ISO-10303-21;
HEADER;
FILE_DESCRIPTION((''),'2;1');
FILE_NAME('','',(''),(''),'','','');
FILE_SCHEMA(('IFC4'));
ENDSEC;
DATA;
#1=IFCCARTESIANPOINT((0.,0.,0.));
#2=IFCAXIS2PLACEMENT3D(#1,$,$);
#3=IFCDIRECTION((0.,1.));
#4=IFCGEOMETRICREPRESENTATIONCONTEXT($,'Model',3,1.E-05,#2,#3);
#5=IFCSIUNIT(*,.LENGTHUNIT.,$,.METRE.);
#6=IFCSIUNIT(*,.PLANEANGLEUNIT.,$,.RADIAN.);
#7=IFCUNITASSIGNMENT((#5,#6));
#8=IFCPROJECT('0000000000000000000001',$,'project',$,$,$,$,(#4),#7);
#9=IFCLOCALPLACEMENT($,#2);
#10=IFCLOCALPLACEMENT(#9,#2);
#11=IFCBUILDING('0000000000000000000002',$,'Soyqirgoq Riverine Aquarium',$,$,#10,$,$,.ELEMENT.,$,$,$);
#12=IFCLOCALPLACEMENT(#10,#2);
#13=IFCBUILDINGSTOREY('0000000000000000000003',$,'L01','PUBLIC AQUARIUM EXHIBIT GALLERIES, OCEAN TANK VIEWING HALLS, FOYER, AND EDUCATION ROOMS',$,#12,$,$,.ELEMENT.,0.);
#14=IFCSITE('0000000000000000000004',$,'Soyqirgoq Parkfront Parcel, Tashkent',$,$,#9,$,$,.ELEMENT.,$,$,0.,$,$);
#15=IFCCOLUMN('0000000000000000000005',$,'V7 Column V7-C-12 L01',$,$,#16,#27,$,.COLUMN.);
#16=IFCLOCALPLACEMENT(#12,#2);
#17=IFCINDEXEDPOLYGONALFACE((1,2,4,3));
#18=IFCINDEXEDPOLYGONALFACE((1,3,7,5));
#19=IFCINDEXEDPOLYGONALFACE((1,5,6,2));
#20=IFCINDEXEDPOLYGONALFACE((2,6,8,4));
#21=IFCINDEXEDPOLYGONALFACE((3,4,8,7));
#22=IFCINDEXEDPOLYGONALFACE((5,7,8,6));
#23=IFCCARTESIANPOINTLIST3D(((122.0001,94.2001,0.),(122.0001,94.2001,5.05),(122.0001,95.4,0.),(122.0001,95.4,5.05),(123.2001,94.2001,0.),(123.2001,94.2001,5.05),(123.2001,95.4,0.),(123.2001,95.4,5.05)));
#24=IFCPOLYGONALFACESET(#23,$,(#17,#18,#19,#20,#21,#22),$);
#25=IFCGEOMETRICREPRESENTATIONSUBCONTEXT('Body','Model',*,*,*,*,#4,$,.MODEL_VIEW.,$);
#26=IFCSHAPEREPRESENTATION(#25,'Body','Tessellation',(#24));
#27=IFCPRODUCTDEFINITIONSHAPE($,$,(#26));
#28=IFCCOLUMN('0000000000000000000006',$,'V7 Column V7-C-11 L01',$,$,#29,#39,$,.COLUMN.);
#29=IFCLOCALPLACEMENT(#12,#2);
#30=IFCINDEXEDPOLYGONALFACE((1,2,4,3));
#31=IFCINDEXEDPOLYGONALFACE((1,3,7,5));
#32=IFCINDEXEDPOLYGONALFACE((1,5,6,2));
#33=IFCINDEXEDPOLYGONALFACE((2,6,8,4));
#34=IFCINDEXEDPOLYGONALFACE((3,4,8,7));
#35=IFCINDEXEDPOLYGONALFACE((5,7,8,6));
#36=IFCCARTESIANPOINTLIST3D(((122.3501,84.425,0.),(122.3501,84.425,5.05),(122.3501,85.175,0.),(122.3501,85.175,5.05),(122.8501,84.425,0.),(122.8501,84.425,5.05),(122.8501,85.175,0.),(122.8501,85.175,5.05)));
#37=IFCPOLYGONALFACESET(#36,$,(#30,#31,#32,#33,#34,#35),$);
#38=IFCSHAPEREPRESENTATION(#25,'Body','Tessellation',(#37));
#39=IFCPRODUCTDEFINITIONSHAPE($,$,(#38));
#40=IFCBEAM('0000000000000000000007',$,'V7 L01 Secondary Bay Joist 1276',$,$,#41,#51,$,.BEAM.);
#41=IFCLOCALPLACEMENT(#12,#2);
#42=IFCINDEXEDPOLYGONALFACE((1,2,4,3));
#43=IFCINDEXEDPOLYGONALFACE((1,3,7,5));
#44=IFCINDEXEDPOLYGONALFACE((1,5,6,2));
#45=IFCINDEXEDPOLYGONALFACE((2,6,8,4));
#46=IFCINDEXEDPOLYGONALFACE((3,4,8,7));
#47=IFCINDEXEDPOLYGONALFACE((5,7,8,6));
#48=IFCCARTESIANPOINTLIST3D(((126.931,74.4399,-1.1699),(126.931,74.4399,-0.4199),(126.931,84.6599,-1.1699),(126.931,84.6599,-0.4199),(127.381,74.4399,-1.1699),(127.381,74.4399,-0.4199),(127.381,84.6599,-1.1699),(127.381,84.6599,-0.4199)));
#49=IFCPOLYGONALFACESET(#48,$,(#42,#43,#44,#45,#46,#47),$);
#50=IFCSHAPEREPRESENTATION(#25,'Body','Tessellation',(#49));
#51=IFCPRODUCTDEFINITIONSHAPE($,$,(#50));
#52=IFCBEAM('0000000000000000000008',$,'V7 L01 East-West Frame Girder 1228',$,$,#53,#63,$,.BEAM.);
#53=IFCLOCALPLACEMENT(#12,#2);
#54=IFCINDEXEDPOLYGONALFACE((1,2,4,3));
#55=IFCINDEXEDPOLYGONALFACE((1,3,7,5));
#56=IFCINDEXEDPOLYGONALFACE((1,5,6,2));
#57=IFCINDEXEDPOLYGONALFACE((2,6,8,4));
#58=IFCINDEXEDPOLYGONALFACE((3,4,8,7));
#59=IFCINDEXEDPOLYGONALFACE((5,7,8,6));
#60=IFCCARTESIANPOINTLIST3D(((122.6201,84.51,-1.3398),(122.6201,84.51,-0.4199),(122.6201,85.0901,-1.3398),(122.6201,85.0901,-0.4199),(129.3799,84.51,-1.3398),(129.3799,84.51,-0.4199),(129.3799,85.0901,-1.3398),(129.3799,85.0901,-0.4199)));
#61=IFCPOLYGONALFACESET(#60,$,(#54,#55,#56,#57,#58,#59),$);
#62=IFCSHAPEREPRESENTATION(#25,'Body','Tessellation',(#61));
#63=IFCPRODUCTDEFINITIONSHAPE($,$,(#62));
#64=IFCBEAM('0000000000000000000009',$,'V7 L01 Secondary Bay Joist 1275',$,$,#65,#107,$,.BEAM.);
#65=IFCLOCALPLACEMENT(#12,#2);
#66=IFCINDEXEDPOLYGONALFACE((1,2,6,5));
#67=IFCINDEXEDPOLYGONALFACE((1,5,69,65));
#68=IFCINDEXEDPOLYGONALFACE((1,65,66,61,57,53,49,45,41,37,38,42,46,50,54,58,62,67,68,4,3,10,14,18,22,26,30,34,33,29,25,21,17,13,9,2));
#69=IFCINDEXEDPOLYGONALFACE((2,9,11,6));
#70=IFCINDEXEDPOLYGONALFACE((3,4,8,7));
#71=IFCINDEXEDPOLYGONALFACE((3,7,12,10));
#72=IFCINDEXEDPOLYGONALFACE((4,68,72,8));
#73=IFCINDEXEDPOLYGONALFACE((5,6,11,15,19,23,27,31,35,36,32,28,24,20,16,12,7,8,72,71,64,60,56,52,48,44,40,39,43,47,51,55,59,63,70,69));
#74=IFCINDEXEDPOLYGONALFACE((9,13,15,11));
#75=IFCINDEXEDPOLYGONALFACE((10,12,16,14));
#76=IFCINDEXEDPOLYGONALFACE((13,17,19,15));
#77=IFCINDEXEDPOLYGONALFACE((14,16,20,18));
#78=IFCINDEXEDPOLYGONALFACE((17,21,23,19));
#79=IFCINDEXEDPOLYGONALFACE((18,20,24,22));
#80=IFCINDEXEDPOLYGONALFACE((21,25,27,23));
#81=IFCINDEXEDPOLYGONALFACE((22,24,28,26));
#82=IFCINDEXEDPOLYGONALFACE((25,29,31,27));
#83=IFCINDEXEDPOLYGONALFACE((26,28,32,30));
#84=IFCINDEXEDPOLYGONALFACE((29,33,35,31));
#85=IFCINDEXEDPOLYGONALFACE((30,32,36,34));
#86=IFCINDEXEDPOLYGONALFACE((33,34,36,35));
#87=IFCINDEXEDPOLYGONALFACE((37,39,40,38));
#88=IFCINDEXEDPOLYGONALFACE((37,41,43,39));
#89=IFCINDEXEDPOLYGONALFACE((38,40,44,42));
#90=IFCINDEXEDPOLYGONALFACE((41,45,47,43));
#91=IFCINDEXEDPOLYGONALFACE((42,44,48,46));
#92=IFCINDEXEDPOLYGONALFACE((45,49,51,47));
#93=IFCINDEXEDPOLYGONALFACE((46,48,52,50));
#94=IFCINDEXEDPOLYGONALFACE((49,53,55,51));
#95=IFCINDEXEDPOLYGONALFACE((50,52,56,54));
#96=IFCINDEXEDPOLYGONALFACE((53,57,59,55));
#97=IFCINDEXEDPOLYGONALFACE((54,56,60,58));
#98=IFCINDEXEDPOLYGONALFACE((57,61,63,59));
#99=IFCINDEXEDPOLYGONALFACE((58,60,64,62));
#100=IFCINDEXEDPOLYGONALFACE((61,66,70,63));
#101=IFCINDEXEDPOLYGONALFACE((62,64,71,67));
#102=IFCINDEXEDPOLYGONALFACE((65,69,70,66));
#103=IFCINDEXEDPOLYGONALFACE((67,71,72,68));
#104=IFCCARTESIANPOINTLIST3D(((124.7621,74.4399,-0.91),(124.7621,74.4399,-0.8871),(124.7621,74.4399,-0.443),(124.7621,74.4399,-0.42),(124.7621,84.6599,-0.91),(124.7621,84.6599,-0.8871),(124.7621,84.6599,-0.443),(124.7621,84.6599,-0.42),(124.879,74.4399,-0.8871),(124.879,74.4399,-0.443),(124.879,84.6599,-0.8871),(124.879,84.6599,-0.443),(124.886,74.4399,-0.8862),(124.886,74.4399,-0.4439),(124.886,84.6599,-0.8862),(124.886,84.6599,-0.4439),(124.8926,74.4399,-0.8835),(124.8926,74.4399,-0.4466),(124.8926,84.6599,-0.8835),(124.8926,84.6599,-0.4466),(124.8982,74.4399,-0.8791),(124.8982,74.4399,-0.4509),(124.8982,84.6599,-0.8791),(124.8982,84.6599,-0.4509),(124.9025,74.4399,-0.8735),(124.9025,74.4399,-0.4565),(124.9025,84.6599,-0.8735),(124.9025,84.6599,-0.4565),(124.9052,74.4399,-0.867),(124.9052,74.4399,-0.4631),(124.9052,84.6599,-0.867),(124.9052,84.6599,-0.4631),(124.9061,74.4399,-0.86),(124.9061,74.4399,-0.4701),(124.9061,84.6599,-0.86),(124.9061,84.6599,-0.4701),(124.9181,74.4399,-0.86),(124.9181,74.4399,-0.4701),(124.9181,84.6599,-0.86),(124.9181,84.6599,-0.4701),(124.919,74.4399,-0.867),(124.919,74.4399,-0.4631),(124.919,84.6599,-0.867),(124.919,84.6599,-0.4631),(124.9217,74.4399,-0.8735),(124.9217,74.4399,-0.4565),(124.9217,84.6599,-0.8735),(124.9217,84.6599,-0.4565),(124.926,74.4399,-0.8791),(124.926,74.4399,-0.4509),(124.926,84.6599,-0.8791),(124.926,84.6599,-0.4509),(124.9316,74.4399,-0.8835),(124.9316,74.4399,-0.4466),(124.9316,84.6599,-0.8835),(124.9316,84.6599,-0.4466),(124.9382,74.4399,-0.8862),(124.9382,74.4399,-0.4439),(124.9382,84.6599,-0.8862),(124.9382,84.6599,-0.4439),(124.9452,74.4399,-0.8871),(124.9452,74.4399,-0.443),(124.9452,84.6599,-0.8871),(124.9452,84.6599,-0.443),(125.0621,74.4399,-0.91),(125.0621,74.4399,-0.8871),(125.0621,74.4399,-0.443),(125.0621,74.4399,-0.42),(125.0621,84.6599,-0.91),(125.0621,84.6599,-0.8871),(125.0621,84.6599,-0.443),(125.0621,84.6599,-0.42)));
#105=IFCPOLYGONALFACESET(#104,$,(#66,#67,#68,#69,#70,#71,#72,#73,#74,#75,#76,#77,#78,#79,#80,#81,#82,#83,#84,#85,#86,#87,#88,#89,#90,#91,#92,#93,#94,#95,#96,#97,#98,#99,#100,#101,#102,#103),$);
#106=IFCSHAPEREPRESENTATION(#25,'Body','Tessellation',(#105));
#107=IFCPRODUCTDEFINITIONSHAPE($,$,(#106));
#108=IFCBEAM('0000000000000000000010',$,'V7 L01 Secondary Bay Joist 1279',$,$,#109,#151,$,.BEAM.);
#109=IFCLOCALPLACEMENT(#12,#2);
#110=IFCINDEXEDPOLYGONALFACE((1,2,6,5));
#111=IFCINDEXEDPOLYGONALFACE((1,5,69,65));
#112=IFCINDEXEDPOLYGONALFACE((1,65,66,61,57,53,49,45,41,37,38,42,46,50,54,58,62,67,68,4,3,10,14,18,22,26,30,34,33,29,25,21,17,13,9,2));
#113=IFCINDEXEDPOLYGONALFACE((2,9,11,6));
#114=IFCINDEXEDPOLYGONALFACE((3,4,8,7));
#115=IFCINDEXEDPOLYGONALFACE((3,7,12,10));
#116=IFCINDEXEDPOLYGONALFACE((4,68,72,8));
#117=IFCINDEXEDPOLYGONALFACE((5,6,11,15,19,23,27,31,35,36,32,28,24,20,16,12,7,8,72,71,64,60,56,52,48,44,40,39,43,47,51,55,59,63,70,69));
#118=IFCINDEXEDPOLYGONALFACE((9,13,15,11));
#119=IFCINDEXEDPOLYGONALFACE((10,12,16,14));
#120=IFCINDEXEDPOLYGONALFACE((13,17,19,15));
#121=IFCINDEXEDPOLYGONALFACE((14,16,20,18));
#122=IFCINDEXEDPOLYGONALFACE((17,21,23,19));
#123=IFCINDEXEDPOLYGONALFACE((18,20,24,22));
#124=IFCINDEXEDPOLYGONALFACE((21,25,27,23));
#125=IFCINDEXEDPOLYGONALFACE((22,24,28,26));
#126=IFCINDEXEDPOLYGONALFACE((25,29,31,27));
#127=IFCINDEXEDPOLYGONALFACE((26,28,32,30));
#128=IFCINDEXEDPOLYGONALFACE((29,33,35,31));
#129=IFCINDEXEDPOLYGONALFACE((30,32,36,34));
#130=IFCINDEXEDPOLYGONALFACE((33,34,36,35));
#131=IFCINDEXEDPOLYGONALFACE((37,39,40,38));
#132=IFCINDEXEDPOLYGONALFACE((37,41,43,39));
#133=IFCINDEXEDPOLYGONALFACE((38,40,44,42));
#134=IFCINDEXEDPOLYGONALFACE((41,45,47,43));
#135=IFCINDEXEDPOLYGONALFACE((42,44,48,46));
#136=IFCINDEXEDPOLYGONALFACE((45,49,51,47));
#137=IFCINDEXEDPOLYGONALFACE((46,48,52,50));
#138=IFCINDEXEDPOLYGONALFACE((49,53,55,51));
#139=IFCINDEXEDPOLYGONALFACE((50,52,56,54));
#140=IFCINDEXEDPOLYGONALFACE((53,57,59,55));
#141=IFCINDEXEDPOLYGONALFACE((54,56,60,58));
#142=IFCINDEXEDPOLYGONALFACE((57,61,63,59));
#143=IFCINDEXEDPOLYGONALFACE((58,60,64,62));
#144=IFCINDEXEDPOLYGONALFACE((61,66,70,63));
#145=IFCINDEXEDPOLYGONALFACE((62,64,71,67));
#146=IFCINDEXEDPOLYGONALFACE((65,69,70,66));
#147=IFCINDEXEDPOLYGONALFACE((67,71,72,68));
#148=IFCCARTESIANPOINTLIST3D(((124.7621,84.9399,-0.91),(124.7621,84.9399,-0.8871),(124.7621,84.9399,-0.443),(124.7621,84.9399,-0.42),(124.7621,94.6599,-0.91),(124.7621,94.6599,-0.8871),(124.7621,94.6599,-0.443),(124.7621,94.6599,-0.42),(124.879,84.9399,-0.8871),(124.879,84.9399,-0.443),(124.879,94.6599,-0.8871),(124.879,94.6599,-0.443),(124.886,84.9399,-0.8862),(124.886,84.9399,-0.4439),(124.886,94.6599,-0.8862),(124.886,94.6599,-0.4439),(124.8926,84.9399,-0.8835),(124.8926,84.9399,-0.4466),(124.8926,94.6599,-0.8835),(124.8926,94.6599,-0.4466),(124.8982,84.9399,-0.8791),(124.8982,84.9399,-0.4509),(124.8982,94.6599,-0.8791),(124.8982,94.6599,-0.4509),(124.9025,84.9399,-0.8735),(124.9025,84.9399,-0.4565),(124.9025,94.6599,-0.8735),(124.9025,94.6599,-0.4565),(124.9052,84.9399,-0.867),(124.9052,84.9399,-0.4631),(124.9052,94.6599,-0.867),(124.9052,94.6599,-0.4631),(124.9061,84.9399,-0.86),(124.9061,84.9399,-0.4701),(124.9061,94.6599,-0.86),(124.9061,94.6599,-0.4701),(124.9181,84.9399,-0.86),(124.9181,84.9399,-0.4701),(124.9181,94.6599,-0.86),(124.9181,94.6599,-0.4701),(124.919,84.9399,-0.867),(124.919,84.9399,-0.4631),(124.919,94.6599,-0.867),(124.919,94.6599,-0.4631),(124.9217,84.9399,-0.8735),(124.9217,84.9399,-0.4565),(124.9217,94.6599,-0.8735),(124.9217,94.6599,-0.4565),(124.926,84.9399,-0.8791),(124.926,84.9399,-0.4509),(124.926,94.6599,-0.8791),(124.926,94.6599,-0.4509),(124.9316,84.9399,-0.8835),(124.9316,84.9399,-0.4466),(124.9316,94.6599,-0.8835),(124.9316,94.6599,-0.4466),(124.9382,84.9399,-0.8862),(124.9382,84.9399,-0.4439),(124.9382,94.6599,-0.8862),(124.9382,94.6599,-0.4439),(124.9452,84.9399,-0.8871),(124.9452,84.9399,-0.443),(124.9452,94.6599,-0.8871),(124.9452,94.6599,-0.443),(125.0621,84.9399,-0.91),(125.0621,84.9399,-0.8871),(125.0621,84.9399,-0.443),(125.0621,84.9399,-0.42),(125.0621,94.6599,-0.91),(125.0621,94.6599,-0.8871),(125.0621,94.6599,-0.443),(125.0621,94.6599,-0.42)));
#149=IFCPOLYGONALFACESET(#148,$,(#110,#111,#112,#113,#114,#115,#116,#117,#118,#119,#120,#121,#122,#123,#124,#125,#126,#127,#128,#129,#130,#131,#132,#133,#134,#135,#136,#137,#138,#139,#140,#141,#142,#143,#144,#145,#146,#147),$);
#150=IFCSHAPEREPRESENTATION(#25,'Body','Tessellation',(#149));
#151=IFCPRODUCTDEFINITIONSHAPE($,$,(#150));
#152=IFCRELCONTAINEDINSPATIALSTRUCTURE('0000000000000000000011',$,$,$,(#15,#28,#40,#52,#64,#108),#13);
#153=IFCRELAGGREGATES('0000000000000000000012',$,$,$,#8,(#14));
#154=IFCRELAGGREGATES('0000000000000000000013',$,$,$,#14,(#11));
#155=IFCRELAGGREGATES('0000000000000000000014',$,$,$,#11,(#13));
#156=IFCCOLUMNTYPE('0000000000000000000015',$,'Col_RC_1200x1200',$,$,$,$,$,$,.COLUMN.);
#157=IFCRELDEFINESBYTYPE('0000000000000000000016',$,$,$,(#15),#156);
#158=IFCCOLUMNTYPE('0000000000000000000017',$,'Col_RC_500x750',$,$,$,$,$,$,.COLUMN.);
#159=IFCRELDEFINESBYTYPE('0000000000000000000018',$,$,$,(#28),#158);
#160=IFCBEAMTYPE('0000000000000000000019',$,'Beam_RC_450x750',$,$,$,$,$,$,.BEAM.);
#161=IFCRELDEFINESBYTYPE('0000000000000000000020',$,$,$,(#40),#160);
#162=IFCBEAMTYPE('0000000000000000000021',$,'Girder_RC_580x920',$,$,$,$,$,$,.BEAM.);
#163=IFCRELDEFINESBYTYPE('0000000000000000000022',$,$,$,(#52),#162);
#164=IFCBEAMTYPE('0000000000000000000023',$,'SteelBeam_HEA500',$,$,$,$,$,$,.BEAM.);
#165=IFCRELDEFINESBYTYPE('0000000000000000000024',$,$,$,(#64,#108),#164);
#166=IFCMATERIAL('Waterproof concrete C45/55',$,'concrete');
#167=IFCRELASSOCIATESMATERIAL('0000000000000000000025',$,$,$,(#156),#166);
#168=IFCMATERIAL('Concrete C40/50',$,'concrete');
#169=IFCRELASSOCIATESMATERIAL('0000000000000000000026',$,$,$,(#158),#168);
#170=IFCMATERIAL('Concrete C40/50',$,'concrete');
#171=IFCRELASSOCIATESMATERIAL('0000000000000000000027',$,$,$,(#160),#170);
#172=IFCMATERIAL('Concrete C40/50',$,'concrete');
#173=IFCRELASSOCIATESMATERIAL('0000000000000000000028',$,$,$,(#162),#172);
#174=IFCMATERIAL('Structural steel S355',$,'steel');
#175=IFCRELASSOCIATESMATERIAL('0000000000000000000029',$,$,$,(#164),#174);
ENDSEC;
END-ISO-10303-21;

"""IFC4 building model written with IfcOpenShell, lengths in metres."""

from ifc_helpers import new_model, si_unit, direction, frame, origin, origin_2d, place, context, subcontext, project, spatial, rectangle, i_section, extrude, material, material_profile, profile_set, type_object, element, save


model = new_model("IFC4")

# Units and contexts
model_context = context("Model", 3, precision=1e-05, world=origin(), true_north=direction((0.0, 1.0)))
body_context = subcontext(model_context, "Body", "Model", "MODEL_VIEW")
ifc_project = project(units=[si_unit("LENGTHUNIT", "METRE"), si_unit("PLANEANGLEUNIT", "RADIAN")], contexts=[model_context])

# Site, building, storey
site_placement = place(None, origin())
site = spatial("IfcSite", under=ifc_project, at=site_placement, Name="Soyqirgoq Parkfront Parcel, Tashkent", CompositionType="ELEMENT", RefElevation=0.0)
building_placement = place(site_placement, origin())
building = spatial("IfcBuilding", under=site, at=building_placement, Name="Soyqirgoq Riverine Aquarium", CompositionType="ELEMENT")
storey_placement = place(building_placement, origin())
storey = spatial("IfcBuildingStorey", under=building, at=storey_placement, Name="L01", Description="PUBLIC AQUARIUM EXHIBIT GALLERIES, OCEAN TANK VIEWING HALLS, FOYER, AND EDUCATION ROOMS", CompositionType="ELEMENT", Elevation=0.0)

# Columns
ifc_material_1 = material(Name="Waterproof concrete C45/55", Category="concrete")
ifc_material_profile_1 = material_profile(ifc_material_1, rectangle(XDim=1.2, YDim=1.2, at=origin_2d()), Name="RC 1200x1200")
ifc_profile_set_1 = profile_set([ifc_material_profile_1], Name="Waterproof concrete C45/55")
column_type_1 = type_object("IfcColumnType", Name="Col_RC_1200x1200", PredefinedType="COLUMN", material=ifc_profile_set_1)
column_1_placement = place(storey_placement, frame((122.6001, 94.8, 0.0), z_axis=(0.0, 0.0, 1.0), x_axis=(1.0, 0.0, 0.0)))
element("IfcColumn", 1, at=column_1_placement, inside=storey, type_object=column_type_1, Name="V7 Column V7-C-12 L01", PredefinedType="COLUMN", context=body_context, shape_type="SweptSolid", body=[
    extrude(rectangle(XDim=1.2, YDim=1.2, at=origin_2d()), origin(), (0.0, 0.0, 1.0), 5.05),
])
ifc_material_2 = material(Name="Concrete C40/50", Category="concrete")
ifc_material_profile_2 = material_profile(ifc_material_2, rectangle(XDim=0.5, YDim=0.75, at=origin_2d()), Name="RC-COL 500x750")
ifc_profile_set_2 = profile_set([ifc_material_profile_2], Name="Concrete C40/50")
column_type_2 = type_object("IfcColumnType", Name="Col_RC_500x750", PredefinedType="COLUMN", material=ifc_profile_set_2)
column_2_placement = place(storey_placement, frame((122.6001, 84.8, 0.0), z_axis=(0.0, 0.0, 1.0), x_axis=(1.0, 0.0, 0.0)))
element("IfcColumn", 2, at=column_2_placement, inside=storey, type_object=column_type_2, Name="V7 Column V7-C-11 L01", PredefinedType="COLUMN", context=body_context, shape_type="SweptSolid", body=[
    extrude(rectangle(XDim=0.5, YDim=0.75, at=origin_2d()), origin(), (0.0, 0.0, 1.0), 5.05),
])

# Beams
ifc_material_3 = material(Name="Concrete C40/50", Category="concrete")
ifc_material_profile_3 = material_profile(ifc_material_3, rectangle(XDim=0.45, YDim=0.75, at=origin_2d()), Name="RC 450x750")
ifc_profile_set_3 = profile_set([ifc_material_profile_3], Name="Concrete C40/50")
beam_type_1 = type_object("IfcBeamType", Name="Beam_RC_450x750", PredefinedType="BEAM", material=ifc_profile_set_3)
beam_1_placement = place(storey_placement, frame((127.156, 74.4399, -0.7949), z_axis=(0.0, 1.0, 0.0), x_axis=(-1.0, 0.0, 0.0)))
element("IfcBeam", 3, at=beam_1_placement, inside=storey, type_object=beam_type_1, Name="V7 L01 Secondary Bay Joist 1276", PredefinedType="BEAM", context=body_context, shape_type="SweptSolid", body=[
    extrude(rectangle(XDim=0.45, YDim=0.75, at=origin_2d()), origin(), (0.0, 0.0, 1.0), 10.22),
])
ifc_material_4 = material(Name="Concrete C40/50", Category="concrete")
ifc_material_profile_4 = material_profile(ifc_material_4, rectangle(XDim=0.5801, YDim=0.9199, at=origin_2d()), Name="RC 580x920")
ifc_profile_set_4 = profile_set([ifc_material_profile_4], Name="Concrete C40/50")
beam_type_2 = type_object("IfcBeamType", Name="Girder_RC_580x920", PredefinedType="BEAM", material=ifc_profile_set_4)
beam_2_placement = place(storey_placement, frame((122.6201, 84.8, -0.8799), z_axis=(1.0, 0.0, 0.0), x_axis=(0.0, 1.0, 0.0)))
element("IfcBeam", 4, at=beam_2_placement, inside=storey, type_object=beam_type_2, Name="V7 L01 East-West Frame Girder 1228", PredefinedType="BEAM", context=body_context, shape_type="SweptSolid", body=[
    extrude(rectangle(XDim=0.5801, YDim=0.9199, at=origin_2d()), origin(), (0.0, 0.0, 1.0), 6.7598),
])
ifc_material_5 = material(Name="Structural steel S355", Category="steel")
ifc_material_profile_5 = material_profile(ifc_material_5, i_section(OverallWidth=0.3, OverallDepth=0.49, WebThickness=0.012, FlangeThickness=0.0229, FilletRadius=0.0271, at=origin_2d()), Name="HEA 500")
ifc_profile_set_5 = profile_set([ifc_material_profile_5], Name="Structural steel S355")
beam_type_3 = type_object("IfcBeamType", Name="SteelBeam_HEA500", PredefinedType="BEAM", material=ifc_profile_set_5)
beam_3_placement = place(storey_placement, frame((124.9121, 74.4399, -0.665), z_axis=(0.0, 1.0, 0.0), x_axis=(-1.0, 0.0, 0.0)))
element("IfcBeam", 5, at=beam_3_placement, inside=storey, type_object=beam_type_3, Name="V7 L01 Secondary Bay Joist 1275", PredefinedType="BEAM", context=body_context, shape_type="SweptSolid", body=[
    extrude(i_section(OverallWidth=0.3, OverallDepth=0.49, WebThickness=0.012, FlangeThickness=0.0229, FilletRadius=0.0271, at=origin_2d()), origin(), (0.0, 0.0, 1.0), 10.22),
])
beam_4_placement = place(storey_placement, frame((124.9121, 84.9399, -0.665), z_axis=(0.0, 1.0, 0.0), x_axis=(-1.0, 0.0, 0.0)))
element("IfcBeam", 6, at=beam_4_placement, inside=storey, type_object=beam_type_3, Name="V7 L01 Secondary Bay Joist 1279", PredefinedType="BEAM", context=body_context, shape_type="SweptSolid", body=[
    extrude(i_section(OverallWidth=0.3, OverallDepth=0.49, WebThickness=0.012, FlangeThickness=0.0229, FilletRadius=0.0271, at=origin_2d()), origin(), (0.0, 0.0, 1.0), 9.72),
])

save(model, "model.ifc")
